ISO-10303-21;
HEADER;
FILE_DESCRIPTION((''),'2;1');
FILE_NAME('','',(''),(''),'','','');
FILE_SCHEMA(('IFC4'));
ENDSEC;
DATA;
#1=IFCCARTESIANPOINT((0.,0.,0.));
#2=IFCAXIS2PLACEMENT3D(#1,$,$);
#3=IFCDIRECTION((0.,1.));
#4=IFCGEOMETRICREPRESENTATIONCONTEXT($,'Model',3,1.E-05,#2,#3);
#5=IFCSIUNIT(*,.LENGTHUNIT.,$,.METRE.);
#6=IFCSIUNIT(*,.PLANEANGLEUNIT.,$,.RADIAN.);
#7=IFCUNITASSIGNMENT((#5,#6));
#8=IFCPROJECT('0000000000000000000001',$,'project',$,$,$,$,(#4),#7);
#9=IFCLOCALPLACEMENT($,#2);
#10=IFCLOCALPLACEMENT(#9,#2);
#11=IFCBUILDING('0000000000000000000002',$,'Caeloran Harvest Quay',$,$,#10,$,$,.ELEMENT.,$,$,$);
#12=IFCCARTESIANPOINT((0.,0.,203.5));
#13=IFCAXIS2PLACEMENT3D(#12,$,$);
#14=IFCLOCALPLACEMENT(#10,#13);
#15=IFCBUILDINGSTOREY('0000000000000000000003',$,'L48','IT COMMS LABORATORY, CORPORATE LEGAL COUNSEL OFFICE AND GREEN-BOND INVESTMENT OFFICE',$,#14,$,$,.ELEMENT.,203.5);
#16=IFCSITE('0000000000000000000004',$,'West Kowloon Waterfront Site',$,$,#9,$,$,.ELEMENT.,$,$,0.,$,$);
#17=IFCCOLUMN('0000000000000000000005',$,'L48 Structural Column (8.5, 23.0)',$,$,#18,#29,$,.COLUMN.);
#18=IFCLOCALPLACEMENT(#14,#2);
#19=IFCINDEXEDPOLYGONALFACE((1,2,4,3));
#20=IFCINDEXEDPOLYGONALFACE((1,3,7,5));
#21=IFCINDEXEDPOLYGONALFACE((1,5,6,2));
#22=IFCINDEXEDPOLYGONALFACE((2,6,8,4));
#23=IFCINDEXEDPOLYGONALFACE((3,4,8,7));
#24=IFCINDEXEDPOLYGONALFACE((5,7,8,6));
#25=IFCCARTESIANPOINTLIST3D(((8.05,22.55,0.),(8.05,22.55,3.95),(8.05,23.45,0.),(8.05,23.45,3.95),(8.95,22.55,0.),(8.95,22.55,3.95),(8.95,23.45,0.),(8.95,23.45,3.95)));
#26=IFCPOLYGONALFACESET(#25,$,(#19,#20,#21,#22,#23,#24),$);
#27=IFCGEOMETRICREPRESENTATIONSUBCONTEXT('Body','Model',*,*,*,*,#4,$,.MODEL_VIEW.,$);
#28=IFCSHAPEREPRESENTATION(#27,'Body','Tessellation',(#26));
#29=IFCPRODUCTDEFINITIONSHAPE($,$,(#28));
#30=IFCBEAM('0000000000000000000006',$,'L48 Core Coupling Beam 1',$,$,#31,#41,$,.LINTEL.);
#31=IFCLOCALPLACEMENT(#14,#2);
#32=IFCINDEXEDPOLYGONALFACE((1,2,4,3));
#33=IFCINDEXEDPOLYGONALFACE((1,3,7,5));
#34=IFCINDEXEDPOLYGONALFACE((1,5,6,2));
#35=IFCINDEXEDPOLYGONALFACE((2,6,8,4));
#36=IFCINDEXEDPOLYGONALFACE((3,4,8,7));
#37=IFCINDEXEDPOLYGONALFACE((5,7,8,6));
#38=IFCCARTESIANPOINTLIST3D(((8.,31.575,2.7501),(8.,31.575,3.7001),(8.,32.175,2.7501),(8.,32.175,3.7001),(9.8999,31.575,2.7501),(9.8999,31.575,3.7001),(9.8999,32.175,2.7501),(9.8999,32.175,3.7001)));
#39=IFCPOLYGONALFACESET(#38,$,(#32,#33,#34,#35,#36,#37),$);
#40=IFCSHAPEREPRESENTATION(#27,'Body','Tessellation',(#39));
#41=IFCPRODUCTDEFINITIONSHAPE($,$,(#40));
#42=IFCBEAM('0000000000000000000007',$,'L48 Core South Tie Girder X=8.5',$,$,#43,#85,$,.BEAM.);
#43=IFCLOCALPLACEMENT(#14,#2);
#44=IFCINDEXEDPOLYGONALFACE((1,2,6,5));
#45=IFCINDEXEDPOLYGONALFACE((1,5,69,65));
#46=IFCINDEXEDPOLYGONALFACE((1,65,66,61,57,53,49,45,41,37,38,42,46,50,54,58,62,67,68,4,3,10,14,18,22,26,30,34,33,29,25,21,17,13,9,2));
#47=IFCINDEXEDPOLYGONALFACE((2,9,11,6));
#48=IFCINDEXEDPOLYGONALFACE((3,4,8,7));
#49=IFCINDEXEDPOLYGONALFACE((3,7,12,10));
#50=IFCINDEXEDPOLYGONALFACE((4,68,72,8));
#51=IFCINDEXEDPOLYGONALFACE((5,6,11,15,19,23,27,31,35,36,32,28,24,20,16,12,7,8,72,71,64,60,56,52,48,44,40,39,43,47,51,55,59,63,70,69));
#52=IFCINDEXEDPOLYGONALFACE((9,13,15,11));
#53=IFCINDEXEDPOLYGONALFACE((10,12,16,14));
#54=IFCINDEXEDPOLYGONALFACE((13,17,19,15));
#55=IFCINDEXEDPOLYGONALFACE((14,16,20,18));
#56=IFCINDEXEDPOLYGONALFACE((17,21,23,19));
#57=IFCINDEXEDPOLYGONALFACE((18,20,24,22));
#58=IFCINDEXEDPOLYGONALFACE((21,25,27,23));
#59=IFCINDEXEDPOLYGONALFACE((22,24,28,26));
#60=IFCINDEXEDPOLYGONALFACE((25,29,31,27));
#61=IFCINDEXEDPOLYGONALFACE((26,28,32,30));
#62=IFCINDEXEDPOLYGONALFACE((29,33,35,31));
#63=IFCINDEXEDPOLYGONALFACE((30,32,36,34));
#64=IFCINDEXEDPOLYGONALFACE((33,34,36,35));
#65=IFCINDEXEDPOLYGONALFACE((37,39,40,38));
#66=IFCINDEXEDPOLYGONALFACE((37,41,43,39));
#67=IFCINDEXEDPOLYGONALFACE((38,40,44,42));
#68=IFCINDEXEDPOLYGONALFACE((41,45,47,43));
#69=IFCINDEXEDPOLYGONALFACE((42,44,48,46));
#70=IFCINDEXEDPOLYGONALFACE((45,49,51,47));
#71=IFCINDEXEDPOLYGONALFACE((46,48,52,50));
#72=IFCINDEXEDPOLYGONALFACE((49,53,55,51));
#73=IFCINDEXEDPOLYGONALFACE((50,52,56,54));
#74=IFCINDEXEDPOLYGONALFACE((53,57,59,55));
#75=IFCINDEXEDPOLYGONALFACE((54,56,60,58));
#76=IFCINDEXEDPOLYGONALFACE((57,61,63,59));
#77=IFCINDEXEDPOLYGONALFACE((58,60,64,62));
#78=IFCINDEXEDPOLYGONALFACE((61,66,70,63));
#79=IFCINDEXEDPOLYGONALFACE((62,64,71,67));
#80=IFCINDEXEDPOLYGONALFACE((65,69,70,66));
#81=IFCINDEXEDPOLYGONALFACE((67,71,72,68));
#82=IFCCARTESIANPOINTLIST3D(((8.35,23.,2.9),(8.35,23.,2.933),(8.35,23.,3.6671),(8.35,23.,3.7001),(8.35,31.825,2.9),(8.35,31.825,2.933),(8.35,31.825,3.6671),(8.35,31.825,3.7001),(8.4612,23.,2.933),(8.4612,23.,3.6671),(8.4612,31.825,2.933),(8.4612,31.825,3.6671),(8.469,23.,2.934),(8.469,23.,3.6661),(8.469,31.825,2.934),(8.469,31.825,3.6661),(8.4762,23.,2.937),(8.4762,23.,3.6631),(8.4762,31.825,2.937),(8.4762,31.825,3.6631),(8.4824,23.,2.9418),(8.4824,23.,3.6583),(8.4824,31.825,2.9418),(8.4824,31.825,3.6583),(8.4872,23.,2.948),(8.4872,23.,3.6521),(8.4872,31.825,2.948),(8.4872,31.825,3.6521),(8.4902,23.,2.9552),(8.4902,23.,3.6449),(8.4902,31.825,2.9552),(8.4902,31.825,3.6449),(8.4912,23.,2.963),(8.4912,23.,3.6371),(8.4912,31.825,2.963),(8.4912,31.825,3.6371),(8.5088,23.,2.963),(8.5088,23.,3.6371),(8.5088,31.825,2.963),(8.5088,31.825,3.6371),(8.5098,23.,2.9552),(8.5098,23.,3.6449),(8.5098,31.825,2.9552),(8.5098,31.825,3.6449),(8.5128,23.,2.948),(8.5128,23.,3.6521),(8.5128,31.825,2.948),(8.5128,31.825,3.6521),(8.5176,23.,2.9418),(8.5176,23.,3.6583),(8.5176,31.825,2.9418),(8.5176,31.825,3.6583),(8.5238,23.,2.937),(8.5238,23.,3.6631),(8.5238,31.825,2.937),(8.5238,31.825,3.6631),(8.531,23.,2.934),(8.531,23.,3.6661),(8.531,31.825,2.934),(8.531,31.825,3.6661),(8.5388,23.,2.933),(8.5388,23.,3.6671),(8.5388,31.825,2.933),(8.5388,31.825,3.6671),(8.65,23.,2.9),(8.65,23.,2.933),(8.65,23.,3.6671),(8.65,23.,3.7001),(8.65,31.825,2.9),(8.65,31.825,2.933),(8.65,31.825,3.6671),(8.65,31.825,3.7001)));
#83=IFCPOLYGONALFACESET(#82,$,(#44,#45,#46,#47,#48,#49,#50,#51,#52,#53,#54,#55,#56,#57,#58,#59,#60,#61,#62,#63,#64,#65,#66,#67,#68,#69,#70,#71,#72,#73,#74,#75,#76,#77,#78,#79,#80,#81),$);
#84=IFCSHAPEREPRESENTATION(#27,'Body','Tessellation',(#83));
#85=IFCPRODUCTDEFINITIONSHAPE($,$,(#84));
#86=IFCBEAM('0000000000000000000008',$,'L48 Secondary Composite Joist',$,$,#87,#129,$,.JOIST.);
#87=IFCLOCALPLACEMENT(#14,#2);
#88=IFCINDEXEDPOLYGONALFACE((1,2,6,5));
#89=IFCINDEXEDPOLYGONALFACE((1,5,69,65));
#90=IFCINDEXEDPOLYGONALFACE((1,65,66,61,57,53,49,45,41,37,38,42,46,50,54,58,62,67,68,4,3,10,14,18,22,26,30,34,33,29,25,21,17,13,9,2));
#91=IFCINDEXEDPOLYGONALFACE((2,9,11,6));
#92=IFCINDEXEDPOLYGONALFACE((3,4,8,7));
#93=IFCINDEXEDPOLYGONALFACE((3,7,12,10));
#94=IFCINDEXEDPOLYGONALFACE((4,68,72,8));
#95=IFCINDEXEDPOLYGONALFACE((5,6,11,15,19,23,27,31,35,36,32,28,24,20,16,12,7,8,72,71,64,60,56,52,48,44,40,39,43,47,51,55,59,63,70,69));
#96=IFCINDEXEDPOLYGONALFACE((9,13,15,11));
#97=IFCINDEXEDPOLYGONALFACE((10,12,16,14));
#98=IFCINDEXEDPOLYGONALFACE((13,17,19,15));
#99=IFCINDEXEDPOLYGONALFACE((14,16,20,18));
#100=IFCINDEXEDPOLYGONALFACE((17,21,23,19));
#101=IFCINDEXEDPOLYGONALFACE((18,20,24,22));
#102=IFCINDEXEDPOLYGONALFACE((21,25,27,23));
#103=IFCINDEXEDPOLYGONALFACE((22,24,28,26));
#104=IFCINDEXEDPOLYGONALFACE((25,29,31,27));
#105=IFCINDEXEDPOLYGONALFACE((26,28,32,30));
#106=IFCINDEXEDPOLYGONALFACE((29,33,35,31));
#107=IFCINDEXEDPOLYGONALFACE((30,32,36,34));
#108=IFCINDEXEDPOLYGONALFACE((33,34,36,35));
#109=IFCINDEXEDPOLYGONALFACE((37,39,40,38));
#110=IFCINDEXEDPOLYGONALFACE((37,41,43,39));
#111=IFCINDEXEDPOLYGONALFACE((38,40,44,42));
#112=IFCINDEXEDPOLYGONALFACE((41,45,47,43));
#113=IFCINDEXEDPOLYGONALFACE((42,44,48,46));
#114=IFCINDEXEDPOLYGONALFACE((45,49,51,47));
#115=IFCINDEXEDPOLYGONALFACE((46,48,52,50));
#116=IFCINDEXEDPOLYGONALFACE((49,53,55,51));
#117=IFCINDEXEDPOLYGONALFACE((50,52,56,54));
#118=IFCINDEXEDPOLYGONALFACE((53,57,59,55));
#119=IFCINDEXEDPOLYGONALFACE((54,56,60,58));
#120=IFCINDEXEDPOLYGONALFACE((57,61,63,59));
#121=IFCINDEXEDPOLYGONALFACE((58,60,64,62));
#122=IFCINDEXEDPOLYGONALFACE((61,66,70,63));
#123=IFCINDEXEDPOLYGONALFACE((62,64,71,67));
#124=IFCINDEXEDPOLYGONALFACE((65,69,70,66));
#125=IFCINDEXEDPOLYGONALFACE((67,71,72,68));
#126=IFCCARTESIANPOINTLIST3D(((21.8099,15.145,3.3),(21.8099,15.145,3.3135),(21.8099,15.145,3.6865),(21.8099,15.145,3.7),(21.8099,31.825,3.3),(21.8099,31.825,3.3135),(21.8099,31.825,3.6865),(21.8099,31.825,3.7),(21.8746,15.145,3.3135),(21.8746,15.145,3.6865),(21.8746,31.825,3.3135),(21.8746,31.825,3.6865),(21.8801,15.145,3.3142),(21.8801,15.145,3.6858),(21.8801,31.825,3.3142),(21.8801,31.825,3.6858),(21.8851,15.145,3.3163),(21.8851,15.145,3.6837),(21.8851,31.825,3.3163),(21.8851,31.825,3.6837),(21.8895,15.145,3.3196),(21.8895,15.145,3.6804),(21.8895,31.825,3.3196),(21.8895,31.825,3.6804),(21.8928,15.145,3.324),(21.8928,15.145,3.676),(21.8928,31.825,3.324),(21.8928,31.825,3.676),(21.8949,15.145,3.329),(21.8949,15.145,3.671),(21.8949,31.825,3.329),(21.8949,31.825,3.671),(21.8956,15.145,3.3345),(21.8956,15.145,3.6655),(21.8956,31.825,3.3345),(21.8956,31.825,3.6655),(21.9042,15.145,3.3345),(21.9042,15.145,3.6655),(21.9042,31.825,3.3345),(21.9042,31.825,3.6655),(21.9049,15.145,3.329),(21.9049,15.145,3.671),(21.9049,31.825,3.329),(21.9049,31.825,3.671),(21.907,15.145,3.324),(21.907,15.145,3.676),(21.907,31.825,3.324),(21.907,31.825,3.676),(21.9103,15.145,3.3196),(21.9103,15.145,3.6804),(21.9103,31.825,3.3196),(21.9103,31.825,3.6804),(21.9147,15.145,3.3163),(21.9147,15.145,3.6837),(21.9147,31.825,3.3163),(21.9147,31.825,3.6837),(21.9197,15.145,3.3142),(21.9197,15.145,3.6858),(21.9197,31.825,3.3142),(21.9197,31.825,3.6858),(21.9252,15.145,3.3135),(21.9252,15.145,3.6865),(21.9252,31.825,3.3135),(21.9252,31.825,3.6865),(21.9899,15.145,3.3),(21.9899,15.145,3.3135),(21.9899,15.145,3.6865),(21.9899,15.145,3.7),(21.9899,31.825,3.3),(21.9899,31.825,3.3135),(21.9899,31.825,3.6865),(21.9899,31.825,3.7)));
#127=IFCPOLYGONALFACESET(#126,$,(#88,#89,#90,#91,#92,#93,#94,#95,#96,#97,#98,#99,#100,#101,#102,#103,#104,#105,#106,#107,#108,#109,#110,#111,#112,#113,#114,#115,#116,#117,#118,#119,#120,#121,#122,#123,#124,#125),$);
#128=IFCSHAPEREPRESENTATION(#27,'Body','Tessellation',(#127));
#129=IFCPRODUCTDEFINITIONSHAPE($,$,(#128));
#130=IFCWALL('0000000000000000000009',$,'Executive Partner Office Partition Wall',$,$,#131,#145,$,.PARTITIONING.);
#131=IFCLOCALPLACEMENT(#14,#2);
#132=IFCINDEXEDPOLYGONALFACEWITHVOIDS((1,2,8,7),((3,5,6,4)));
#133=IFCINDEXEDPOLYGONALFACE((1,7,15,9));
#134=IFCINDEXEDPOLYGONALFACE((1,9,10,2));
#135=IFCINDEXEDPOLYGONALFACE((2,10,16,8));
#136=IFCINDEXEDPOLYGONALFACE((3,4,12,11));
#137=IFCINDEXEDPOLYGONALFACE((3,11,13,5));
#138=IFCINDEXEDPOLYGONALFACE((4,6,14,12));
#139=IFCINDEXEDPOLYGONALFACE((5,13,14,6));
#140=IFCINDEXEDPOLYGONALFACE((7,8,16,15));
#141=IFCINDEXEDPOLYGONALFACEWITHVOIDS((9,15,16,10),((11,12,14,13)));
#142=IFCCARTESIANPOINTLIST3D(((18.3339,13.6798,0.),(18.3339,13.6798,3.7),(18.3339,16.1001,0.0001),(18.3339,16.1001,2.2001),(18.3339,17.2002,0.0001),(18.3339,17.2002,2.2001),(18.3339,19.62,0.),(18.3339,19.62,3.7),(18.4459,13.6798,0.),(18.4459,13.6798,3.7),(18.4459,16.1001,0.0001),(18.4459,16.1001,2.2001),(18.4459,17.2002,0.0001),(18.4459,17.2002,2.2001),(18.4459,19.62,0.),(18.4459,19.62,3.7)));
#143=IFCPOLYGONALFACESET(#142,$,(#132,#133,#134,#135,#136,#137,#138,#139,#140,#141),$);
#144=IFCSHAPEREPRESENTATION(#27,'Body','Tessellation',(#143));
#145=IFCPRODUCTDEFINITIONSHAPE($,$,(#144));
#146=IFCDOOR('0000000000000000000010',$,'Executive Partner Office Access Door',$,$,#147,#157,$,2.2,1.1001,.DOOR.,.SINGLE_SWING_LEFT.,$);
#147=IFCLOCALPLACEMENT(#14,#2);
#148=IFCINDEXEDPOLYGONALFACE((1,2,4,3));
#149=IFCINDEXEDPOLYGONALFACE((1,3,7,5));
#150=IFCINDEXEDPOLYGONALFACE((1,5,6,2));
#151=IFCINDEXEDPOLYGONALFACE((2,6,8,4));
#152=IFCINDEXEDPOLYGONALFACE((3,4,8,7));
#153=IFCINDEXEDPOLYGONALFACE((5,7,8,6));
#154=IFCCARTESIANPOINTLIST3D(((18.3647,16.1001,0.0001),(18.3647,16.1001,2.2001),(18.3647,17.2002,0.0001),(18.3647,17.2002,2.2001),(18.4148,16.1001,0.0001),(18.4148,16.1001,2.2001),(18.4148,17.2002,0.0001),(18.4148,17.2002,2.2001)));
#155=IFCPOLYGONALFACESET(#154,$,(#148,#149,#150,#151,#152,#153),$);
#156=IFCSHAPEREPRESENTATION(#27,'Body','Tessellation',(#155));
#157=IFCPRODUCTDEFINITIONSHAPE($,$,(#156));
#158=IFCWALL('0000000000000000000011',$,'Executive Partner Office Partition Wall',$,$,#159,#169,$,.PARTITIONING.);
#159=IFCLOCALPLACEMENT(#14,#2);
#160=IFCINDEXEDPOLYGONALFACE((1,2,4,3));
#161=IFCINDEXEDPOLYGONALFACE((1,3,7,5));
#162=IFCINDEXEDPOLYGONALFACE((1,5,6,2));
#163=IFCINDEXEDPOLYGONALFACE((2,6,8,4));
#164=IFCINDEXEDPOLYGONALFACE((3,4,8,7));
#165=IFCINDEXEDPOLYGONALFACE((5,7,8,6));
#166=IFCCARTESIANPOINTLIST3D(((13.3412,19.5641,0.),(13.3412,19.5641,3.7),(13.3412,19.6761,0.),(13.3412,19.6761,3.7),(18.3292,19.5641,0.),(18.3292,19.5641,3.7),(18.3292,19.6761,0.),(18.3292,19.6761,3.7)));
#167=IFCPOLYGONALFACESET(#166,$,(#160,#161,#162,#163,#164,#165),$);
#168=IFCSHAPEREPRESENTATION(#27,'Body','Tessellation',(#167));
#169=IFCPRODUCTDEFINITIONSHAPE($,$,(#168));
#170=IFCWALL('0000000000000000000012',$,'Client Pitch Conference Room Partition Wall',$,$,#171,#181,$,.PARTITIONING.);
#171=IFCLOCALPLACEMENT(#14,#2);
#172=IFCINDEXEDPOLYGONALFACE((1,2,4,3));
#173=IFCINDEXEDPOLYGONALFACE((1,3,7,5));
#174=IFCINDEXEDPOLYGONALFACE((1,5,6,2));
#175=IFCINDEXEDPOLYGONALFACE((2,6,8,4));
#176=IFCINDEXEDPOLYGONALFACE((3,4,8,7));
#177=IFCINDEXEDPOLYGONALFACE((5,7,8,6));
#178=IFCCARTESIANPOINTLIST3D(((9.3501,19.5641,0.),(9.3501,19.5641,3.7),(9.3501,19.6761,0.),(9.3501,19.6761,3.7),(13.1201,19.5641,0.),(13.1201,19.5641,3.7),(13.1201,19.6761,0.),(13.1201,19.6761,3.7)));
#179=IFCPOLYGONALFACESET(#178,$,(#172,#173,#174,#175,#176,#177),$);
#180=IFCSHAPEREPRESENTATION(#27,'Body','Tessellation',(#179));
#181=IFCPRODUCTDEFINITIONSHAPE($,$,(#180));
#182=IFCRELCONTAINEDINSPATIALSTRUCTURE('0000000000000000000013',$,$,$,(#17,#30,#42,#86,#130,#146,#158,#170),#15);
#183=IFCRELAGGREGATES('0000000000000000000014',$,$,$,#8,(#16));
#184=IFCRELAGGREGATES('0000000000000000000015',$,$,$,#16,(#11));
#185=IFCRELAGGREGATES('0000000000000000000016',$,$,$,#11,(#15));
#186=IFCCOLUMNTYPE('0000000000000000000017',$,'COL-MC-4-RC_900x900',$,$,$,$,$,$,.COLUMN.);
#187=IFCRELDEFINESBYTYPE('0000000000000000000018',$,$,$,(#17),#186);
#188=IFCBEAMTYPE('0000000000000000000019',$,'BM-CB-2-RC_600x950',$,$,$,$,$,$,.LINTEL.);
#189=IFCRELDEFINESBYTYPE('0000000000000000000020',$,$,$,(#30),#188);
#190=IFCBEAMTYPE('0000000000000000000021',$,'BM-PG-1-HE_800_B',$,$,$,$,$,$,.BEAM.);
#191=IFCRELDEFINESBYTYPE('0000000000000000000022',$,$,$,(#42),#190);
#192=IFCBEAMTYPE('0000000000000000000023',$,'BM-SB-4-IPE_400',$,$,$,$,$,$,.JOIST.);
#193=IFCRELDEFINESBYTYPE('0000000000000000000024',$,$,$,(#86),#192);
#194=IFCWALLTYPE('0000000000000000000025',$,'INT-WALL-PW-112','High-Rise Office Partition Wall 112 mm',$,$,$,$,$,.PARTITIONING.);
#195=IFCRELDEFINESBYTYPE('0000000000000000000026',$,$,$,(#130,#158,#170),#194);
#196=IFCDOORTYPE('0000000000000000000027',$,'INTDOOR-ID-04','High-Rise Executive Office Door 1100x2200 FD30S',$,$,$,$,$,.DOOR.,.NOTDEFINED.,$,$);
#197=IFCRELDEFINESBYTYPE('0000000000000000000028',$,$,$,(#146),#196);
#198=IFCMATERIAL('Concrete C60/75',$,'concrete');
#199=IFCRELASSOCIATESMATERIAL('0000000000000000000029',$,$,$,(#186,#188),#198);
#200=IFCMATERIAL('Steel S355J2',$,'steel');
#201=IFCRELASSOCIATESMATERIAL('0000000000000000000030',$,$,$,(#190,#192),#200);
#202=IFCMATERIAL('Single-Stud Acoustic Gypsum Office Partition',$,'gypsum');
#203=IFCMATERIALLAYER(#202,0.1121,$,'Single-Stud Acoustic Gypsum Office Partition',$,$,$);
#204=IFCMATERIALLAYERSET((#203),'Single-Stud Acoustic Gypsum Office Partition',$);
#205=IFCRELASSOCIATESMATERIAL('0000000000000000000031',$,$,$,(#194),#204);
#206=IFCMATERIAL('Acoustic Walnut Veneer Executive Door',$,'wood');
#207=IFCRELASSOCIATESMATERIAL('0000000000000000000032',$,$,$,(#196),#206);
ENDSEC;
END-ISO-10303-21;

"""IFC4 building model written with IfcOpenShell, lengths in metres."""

from ifc_helpers import new_model, si_unit, direction, frame, frame_2d, origin, origin_2d, place, context, subcontext, project, spatial, rectangle, i_section, extrude, material, layer, layer_set, material_profile, profile_set, type_object, element, fill, save


model = new_model("IFC4")

# Units and contexts
model_context = context("Model", 3, precision=1e-05, world=origin(), true_north=direction((0.0, 1.0)))
body_context = subcontext(model_context, "Body", "Model", "MODEL_VIEW")
ifc_project = project(units=[si_unit("LENGTHUNIT", "METRE"), si_unit("PLANEANGLEUNIT", "RADIAN")], contexts=[model_context])

# Site, building, storey
site_placement = place(None, origin())
site = spatial("IfcSite", under=ifc_project, at=site_placement, Name="West Kowloon Waterfront Site", CompositionType="ELEMENT", RefElevation=0.0)
building_placement = place(site_placement, origin())
building = spatial("IfcBuilding", under=site, at=building_placement, Name="Caeloran Harvest Quay", CompositionType="ELEMENT")
storey_placement = place(building_placement, frame((0.0, 0.0, 203.5)))
storey = spatial("IfcBuildingStorey", under=building, at=storey_placement, Name="L48", Description="IT COMMS LABORATORY, CORPORATE LEGAL COUNSEL OFFICE AND GREEN-BOND INVESTMENT OFFICE", CompositionType="ELEMENT", Elevation=203.5)

# Column
ifc_material_1 = material(Name="Concrete C60/75", Category="concrete")
ifc_material_profile_1 = material_profile(ifc_material_1, rectangle(XDim=0.8999, YDim=0.8999, at=origin_2d()), Name="RC 900x900")
ifc_profile_set_1 = profile_set([ifc_material_profile_1], Name="Concrete C60/75")
column_type = type_object("IfcColumnType", Name="COL-MC-4-RC_900x900", PredefinedType="COLUMN", material=ifc_profile_set_1)
column_placement = place(storey_placement, frame((8.5, 23.0, 0.0), z_axis=(0.0, 0.0, 1.0), x_axis=(1.0, 0.0, 0.0)))
element("IfcColumn", 1, at=column_placement, inside=storey, type_object=column_type, Name="L48 Structural Column (8.5, 23.0)", PredefinedType="COLUMN", context=body_context, shape_type="SweptSolid", body=[
    extrude(rectangle(XDim=0.8999, YDim=0.8999, at=origin_2d()), origin(), (0.0, 0.0, 1.0), 3.95),
])

# Beams
ifc_material_profile_2 = material_profile(ifc_material_1, rectangle(XDim=0.6001, YDim=0.95, at=origin_2d()), Name="RC 600x950")
ifc_profile_set_2 = profile_set([ifc_material_profile_2], Name="Concrete C60/75")
beam_type_1 = type_object("IfcBeamType", Name="BM-CB-2-RC_600x950", PredefinedType="LINTEL", material=ifc_profile_set_2)
beam_1_placement = place(storey_placement, frame((8.0, 31.875, 3.2251), z_axis=(1.0, 0.0, 0.0), x_axis=(0.0, 1.0, 0.0)))
element("IfcBeam", 2, at=beam_1_placement, inside=storey, type_object=beam_type_1, Name="L48 Core Coupling Beam 1", PredefinedType="LINTEL", context=body_context, shape_type="SweptSolid", body=[
    extrude(rectangle(XDim=0.6001, YDim=0.95, at=origin_2d()), origin(), (0.0, 0.0, 1.0), 1.8999),
])
ifc_material_2 = material(Name="Steel S355J2", Category="steel")
ifc_material_profile_3 = material_profile(ifc_material_2, i_section(OverallWidth=0.3, OverallDepth=0.8, WebThickness=0.0176, FlangeThickness=0.033, FilletRadius=0.03, at=origin_2d()), Name="HE 800 B")
ifc_profile_set_3 = profile_set([ifc_material_profile_3], Name="Steel S355J2")
beam_type_2 = type_object("IfcBeamType", Name="BM-PG-1-HE_800_B", PredefinedType="BEAM", material=ifc_profile_set_3)
beam_2_placement = place(storey_placement, frame((8.5, 23.0, 3.3), z_axis=(0.0, 1.0, 0.0), x_axis=(-1.0, 0.0, 0.0)))
element("IfcBeam", 3, at=beam_2_placement, inside=storey, type_object=beam_type_2, Name="L48 Core South Tie Girder X=8.5", PredefinedType="BEAM", context=body_context, shape_type="SweptSolid", body=[
    extrude(i_section(OverallWidth=0.3, OverallDepth=0.8, WebThickness=0.0176, FlangeThickness=0.033, FilletRadius=0.03, at=origin_2d()), origin(), (0.0, 0.0, 1.0), 8.825),
])
ifc_material_profile_4 = material_profile(ifc_material_2, i_section(OverallWidth=0.1799, OverallDepth=0.3999, WebThickness=0.0085, FlangeThickness=0.0134, FilletRadius=0.021, at=origin_2d()), Name="IPE 400")
ifc_profile_set_4 = profile_set([ifc_material_profile_4], Name="Steel S355J2")
beam_type_3 = type_object("IfcBeamType", Name="BM-SB-4-IPE_400", PredefinedType="JOIST", material=ifc_profile_set_4)
beam_3_placement = place(storey_placement, frame((21.8999, 15.145, 3.5), z_axis=(0.0, 1.0, 0.0), x_axis=(-1.0, 0.0, 0.0)))
element("IfcBeam", 4, at=beam_3_placement, inside=storey, type_object=beam_type_3, Name="L48 Secondary Composite Joist", PredefinedType="JOIST", context=body_context, shape_type="SweptSolid", body=[
    extrude(i_section(OverallWidth=0.1799, OverallDepth=0.3999, WebThickness=0.0085, FlangeThickness=0.0134, FilletRadius=0.021, at=origin_2d()), origin(), (0.0, 0.0, 1.0), 16.6799),
])

# Wall, opening, door
ifc_material_3 = material(Name="Single-Stud Acoustic Gypsum Office Partition", Category="gypsum")
ifc_layer_1 = layer(ifc_material_3, 0.1121, Name="Single-Stud Acoustic Gypsum Office Partition")
ifc_layer_set_1 = layer_set([ifc_layer_1], Name="Single-Stud Acoustic Gypsum Office Partition")
wall_type_1 = type_object("IfcWallType", Name="INT-WALL-PW-112", Description="High-Rise Office Partition Wall 112 mm", PredefinedType="PARTITIONING", material=ifc_layer_set_1)
wall_1_placement = place(storey_placement, frame((18.3899, 19.6201, 0.0), z_axis=(0.0, 0.0, 1.0), x_axis=(0.0, -1.0, 0.0)))
wall_1 = element("IfcWall", 5, at=wall_1_placement, inside=storey, type_object=wall_type_1, Name="Executive Partner Office Partition Wall", PredefinedType="PARTITIONING", context=body_context, shape_type="SweptSolid", body=[
    extrude(rectangle(XDim=5.9402, YDim=0.1121, at=frame_2d((2.9702, 0.0))), origin(), (0.0, 0.0, 1.0), 3.7),
])
opening_1_placement = place(wall_1_placement, frame((2.4199, 0.0, 0.0)))
opening_1 = element("IfcOpeningElement", 6, at=opening_1_placement, cuts=wall_1, PredefinedType="OPENING", context=body_context, shape_type="SweptSolid", body=[
    extrude(rectangle(XDim=1.1001, YDim=2.2, at=frame_2d((0.55, 1.1001))), frame((0.0, 0.0659, 0.0), z_axis=(0.0, -1.0, 0.0), x_axis=(1.0, 0.0, 0.0)), (0.0, 0.0, 1.0), 0.1321),
])
ifc_material_4 = material(Name="Acoustic Walnut Veneer Executive Door", Category="wood")
door_type_1 = type_object("IfcDoorType", Name="INTDOOR-ID-04", Description="High-Rise Executive Office Door 1100x2200 FD30S", OperationType="NOTDEFINED", PredefinedType="DOOR", material=ifc_material_4)
door_1_placement = place(opening_1_placement, origin())
door_1 = element("IfcDoor", 7, at=door_1_placement, inside=storey, type_object=door_type_1, Name="Executive Partner Office Access Door", OperationType="SINGLE_SWING_LEFT", OverallHeight=2.2, OverallWidth=1.1001, PredefinedType="DOOR", context=body_context, shape_type="SweptSolid", body=[
    extrude(rectangle(XDim=1.1001, YDim=2.2, at=frame_2d((0.55, 1.1001))), frame((0.0, 0.0249, 0.0), z_axis=(0.0, -1.0, 0.0), x_axis=(1.0, 0.0, 0.0)), (0.0, 0.0, 1.0), 0.05),
])
fill(opening_1, door_1)

# Walls
wall_2_placement = place(storey_placement, frame((13.3411, 19.6201, 0.0), z_axis=(0.0, 0.0, 1.0), x_axis=(1.0, 0.0, 0.0)))
element("IfcWall", 8, at=wall_2_placement, inside=storey, type_object=wall_type_1, Name="Executive Partner Office Partition Wall", PredefinedType="PARTITIONING", context=body_context, shape_type="SweptSolid", body=[
    extrude(rectangle(XDim=4.988, YDim=0.1121, at=frame_2d((2.4941, 0.0))), origin(), (0.0, 0.0, 1.0), 3.7),
])
wall_3_placement = place(storey_placement, frame((9.3501, 19.6201, 0.0), z_axis=(0.0, 0.0, 1.0), x_axis=(1.0, 0.0, 0.0)))
element("IfcWall", 9, at=wall_3_placement, inside=storey, type_object=wall_type_1, Name="Client Pitch Conference Room Partition Wall", PredefinedType="PARTITIONING", context=body_context, shape_type="SweptSolid", body=[
    extrude(rectangle(XDim=3.77, YDim=0.1121, at=frame_2d((1.885, 0.0))), origin(), (0.0, 0.0, 1.0), 3.7),
])

save(model, "model.ifc")
